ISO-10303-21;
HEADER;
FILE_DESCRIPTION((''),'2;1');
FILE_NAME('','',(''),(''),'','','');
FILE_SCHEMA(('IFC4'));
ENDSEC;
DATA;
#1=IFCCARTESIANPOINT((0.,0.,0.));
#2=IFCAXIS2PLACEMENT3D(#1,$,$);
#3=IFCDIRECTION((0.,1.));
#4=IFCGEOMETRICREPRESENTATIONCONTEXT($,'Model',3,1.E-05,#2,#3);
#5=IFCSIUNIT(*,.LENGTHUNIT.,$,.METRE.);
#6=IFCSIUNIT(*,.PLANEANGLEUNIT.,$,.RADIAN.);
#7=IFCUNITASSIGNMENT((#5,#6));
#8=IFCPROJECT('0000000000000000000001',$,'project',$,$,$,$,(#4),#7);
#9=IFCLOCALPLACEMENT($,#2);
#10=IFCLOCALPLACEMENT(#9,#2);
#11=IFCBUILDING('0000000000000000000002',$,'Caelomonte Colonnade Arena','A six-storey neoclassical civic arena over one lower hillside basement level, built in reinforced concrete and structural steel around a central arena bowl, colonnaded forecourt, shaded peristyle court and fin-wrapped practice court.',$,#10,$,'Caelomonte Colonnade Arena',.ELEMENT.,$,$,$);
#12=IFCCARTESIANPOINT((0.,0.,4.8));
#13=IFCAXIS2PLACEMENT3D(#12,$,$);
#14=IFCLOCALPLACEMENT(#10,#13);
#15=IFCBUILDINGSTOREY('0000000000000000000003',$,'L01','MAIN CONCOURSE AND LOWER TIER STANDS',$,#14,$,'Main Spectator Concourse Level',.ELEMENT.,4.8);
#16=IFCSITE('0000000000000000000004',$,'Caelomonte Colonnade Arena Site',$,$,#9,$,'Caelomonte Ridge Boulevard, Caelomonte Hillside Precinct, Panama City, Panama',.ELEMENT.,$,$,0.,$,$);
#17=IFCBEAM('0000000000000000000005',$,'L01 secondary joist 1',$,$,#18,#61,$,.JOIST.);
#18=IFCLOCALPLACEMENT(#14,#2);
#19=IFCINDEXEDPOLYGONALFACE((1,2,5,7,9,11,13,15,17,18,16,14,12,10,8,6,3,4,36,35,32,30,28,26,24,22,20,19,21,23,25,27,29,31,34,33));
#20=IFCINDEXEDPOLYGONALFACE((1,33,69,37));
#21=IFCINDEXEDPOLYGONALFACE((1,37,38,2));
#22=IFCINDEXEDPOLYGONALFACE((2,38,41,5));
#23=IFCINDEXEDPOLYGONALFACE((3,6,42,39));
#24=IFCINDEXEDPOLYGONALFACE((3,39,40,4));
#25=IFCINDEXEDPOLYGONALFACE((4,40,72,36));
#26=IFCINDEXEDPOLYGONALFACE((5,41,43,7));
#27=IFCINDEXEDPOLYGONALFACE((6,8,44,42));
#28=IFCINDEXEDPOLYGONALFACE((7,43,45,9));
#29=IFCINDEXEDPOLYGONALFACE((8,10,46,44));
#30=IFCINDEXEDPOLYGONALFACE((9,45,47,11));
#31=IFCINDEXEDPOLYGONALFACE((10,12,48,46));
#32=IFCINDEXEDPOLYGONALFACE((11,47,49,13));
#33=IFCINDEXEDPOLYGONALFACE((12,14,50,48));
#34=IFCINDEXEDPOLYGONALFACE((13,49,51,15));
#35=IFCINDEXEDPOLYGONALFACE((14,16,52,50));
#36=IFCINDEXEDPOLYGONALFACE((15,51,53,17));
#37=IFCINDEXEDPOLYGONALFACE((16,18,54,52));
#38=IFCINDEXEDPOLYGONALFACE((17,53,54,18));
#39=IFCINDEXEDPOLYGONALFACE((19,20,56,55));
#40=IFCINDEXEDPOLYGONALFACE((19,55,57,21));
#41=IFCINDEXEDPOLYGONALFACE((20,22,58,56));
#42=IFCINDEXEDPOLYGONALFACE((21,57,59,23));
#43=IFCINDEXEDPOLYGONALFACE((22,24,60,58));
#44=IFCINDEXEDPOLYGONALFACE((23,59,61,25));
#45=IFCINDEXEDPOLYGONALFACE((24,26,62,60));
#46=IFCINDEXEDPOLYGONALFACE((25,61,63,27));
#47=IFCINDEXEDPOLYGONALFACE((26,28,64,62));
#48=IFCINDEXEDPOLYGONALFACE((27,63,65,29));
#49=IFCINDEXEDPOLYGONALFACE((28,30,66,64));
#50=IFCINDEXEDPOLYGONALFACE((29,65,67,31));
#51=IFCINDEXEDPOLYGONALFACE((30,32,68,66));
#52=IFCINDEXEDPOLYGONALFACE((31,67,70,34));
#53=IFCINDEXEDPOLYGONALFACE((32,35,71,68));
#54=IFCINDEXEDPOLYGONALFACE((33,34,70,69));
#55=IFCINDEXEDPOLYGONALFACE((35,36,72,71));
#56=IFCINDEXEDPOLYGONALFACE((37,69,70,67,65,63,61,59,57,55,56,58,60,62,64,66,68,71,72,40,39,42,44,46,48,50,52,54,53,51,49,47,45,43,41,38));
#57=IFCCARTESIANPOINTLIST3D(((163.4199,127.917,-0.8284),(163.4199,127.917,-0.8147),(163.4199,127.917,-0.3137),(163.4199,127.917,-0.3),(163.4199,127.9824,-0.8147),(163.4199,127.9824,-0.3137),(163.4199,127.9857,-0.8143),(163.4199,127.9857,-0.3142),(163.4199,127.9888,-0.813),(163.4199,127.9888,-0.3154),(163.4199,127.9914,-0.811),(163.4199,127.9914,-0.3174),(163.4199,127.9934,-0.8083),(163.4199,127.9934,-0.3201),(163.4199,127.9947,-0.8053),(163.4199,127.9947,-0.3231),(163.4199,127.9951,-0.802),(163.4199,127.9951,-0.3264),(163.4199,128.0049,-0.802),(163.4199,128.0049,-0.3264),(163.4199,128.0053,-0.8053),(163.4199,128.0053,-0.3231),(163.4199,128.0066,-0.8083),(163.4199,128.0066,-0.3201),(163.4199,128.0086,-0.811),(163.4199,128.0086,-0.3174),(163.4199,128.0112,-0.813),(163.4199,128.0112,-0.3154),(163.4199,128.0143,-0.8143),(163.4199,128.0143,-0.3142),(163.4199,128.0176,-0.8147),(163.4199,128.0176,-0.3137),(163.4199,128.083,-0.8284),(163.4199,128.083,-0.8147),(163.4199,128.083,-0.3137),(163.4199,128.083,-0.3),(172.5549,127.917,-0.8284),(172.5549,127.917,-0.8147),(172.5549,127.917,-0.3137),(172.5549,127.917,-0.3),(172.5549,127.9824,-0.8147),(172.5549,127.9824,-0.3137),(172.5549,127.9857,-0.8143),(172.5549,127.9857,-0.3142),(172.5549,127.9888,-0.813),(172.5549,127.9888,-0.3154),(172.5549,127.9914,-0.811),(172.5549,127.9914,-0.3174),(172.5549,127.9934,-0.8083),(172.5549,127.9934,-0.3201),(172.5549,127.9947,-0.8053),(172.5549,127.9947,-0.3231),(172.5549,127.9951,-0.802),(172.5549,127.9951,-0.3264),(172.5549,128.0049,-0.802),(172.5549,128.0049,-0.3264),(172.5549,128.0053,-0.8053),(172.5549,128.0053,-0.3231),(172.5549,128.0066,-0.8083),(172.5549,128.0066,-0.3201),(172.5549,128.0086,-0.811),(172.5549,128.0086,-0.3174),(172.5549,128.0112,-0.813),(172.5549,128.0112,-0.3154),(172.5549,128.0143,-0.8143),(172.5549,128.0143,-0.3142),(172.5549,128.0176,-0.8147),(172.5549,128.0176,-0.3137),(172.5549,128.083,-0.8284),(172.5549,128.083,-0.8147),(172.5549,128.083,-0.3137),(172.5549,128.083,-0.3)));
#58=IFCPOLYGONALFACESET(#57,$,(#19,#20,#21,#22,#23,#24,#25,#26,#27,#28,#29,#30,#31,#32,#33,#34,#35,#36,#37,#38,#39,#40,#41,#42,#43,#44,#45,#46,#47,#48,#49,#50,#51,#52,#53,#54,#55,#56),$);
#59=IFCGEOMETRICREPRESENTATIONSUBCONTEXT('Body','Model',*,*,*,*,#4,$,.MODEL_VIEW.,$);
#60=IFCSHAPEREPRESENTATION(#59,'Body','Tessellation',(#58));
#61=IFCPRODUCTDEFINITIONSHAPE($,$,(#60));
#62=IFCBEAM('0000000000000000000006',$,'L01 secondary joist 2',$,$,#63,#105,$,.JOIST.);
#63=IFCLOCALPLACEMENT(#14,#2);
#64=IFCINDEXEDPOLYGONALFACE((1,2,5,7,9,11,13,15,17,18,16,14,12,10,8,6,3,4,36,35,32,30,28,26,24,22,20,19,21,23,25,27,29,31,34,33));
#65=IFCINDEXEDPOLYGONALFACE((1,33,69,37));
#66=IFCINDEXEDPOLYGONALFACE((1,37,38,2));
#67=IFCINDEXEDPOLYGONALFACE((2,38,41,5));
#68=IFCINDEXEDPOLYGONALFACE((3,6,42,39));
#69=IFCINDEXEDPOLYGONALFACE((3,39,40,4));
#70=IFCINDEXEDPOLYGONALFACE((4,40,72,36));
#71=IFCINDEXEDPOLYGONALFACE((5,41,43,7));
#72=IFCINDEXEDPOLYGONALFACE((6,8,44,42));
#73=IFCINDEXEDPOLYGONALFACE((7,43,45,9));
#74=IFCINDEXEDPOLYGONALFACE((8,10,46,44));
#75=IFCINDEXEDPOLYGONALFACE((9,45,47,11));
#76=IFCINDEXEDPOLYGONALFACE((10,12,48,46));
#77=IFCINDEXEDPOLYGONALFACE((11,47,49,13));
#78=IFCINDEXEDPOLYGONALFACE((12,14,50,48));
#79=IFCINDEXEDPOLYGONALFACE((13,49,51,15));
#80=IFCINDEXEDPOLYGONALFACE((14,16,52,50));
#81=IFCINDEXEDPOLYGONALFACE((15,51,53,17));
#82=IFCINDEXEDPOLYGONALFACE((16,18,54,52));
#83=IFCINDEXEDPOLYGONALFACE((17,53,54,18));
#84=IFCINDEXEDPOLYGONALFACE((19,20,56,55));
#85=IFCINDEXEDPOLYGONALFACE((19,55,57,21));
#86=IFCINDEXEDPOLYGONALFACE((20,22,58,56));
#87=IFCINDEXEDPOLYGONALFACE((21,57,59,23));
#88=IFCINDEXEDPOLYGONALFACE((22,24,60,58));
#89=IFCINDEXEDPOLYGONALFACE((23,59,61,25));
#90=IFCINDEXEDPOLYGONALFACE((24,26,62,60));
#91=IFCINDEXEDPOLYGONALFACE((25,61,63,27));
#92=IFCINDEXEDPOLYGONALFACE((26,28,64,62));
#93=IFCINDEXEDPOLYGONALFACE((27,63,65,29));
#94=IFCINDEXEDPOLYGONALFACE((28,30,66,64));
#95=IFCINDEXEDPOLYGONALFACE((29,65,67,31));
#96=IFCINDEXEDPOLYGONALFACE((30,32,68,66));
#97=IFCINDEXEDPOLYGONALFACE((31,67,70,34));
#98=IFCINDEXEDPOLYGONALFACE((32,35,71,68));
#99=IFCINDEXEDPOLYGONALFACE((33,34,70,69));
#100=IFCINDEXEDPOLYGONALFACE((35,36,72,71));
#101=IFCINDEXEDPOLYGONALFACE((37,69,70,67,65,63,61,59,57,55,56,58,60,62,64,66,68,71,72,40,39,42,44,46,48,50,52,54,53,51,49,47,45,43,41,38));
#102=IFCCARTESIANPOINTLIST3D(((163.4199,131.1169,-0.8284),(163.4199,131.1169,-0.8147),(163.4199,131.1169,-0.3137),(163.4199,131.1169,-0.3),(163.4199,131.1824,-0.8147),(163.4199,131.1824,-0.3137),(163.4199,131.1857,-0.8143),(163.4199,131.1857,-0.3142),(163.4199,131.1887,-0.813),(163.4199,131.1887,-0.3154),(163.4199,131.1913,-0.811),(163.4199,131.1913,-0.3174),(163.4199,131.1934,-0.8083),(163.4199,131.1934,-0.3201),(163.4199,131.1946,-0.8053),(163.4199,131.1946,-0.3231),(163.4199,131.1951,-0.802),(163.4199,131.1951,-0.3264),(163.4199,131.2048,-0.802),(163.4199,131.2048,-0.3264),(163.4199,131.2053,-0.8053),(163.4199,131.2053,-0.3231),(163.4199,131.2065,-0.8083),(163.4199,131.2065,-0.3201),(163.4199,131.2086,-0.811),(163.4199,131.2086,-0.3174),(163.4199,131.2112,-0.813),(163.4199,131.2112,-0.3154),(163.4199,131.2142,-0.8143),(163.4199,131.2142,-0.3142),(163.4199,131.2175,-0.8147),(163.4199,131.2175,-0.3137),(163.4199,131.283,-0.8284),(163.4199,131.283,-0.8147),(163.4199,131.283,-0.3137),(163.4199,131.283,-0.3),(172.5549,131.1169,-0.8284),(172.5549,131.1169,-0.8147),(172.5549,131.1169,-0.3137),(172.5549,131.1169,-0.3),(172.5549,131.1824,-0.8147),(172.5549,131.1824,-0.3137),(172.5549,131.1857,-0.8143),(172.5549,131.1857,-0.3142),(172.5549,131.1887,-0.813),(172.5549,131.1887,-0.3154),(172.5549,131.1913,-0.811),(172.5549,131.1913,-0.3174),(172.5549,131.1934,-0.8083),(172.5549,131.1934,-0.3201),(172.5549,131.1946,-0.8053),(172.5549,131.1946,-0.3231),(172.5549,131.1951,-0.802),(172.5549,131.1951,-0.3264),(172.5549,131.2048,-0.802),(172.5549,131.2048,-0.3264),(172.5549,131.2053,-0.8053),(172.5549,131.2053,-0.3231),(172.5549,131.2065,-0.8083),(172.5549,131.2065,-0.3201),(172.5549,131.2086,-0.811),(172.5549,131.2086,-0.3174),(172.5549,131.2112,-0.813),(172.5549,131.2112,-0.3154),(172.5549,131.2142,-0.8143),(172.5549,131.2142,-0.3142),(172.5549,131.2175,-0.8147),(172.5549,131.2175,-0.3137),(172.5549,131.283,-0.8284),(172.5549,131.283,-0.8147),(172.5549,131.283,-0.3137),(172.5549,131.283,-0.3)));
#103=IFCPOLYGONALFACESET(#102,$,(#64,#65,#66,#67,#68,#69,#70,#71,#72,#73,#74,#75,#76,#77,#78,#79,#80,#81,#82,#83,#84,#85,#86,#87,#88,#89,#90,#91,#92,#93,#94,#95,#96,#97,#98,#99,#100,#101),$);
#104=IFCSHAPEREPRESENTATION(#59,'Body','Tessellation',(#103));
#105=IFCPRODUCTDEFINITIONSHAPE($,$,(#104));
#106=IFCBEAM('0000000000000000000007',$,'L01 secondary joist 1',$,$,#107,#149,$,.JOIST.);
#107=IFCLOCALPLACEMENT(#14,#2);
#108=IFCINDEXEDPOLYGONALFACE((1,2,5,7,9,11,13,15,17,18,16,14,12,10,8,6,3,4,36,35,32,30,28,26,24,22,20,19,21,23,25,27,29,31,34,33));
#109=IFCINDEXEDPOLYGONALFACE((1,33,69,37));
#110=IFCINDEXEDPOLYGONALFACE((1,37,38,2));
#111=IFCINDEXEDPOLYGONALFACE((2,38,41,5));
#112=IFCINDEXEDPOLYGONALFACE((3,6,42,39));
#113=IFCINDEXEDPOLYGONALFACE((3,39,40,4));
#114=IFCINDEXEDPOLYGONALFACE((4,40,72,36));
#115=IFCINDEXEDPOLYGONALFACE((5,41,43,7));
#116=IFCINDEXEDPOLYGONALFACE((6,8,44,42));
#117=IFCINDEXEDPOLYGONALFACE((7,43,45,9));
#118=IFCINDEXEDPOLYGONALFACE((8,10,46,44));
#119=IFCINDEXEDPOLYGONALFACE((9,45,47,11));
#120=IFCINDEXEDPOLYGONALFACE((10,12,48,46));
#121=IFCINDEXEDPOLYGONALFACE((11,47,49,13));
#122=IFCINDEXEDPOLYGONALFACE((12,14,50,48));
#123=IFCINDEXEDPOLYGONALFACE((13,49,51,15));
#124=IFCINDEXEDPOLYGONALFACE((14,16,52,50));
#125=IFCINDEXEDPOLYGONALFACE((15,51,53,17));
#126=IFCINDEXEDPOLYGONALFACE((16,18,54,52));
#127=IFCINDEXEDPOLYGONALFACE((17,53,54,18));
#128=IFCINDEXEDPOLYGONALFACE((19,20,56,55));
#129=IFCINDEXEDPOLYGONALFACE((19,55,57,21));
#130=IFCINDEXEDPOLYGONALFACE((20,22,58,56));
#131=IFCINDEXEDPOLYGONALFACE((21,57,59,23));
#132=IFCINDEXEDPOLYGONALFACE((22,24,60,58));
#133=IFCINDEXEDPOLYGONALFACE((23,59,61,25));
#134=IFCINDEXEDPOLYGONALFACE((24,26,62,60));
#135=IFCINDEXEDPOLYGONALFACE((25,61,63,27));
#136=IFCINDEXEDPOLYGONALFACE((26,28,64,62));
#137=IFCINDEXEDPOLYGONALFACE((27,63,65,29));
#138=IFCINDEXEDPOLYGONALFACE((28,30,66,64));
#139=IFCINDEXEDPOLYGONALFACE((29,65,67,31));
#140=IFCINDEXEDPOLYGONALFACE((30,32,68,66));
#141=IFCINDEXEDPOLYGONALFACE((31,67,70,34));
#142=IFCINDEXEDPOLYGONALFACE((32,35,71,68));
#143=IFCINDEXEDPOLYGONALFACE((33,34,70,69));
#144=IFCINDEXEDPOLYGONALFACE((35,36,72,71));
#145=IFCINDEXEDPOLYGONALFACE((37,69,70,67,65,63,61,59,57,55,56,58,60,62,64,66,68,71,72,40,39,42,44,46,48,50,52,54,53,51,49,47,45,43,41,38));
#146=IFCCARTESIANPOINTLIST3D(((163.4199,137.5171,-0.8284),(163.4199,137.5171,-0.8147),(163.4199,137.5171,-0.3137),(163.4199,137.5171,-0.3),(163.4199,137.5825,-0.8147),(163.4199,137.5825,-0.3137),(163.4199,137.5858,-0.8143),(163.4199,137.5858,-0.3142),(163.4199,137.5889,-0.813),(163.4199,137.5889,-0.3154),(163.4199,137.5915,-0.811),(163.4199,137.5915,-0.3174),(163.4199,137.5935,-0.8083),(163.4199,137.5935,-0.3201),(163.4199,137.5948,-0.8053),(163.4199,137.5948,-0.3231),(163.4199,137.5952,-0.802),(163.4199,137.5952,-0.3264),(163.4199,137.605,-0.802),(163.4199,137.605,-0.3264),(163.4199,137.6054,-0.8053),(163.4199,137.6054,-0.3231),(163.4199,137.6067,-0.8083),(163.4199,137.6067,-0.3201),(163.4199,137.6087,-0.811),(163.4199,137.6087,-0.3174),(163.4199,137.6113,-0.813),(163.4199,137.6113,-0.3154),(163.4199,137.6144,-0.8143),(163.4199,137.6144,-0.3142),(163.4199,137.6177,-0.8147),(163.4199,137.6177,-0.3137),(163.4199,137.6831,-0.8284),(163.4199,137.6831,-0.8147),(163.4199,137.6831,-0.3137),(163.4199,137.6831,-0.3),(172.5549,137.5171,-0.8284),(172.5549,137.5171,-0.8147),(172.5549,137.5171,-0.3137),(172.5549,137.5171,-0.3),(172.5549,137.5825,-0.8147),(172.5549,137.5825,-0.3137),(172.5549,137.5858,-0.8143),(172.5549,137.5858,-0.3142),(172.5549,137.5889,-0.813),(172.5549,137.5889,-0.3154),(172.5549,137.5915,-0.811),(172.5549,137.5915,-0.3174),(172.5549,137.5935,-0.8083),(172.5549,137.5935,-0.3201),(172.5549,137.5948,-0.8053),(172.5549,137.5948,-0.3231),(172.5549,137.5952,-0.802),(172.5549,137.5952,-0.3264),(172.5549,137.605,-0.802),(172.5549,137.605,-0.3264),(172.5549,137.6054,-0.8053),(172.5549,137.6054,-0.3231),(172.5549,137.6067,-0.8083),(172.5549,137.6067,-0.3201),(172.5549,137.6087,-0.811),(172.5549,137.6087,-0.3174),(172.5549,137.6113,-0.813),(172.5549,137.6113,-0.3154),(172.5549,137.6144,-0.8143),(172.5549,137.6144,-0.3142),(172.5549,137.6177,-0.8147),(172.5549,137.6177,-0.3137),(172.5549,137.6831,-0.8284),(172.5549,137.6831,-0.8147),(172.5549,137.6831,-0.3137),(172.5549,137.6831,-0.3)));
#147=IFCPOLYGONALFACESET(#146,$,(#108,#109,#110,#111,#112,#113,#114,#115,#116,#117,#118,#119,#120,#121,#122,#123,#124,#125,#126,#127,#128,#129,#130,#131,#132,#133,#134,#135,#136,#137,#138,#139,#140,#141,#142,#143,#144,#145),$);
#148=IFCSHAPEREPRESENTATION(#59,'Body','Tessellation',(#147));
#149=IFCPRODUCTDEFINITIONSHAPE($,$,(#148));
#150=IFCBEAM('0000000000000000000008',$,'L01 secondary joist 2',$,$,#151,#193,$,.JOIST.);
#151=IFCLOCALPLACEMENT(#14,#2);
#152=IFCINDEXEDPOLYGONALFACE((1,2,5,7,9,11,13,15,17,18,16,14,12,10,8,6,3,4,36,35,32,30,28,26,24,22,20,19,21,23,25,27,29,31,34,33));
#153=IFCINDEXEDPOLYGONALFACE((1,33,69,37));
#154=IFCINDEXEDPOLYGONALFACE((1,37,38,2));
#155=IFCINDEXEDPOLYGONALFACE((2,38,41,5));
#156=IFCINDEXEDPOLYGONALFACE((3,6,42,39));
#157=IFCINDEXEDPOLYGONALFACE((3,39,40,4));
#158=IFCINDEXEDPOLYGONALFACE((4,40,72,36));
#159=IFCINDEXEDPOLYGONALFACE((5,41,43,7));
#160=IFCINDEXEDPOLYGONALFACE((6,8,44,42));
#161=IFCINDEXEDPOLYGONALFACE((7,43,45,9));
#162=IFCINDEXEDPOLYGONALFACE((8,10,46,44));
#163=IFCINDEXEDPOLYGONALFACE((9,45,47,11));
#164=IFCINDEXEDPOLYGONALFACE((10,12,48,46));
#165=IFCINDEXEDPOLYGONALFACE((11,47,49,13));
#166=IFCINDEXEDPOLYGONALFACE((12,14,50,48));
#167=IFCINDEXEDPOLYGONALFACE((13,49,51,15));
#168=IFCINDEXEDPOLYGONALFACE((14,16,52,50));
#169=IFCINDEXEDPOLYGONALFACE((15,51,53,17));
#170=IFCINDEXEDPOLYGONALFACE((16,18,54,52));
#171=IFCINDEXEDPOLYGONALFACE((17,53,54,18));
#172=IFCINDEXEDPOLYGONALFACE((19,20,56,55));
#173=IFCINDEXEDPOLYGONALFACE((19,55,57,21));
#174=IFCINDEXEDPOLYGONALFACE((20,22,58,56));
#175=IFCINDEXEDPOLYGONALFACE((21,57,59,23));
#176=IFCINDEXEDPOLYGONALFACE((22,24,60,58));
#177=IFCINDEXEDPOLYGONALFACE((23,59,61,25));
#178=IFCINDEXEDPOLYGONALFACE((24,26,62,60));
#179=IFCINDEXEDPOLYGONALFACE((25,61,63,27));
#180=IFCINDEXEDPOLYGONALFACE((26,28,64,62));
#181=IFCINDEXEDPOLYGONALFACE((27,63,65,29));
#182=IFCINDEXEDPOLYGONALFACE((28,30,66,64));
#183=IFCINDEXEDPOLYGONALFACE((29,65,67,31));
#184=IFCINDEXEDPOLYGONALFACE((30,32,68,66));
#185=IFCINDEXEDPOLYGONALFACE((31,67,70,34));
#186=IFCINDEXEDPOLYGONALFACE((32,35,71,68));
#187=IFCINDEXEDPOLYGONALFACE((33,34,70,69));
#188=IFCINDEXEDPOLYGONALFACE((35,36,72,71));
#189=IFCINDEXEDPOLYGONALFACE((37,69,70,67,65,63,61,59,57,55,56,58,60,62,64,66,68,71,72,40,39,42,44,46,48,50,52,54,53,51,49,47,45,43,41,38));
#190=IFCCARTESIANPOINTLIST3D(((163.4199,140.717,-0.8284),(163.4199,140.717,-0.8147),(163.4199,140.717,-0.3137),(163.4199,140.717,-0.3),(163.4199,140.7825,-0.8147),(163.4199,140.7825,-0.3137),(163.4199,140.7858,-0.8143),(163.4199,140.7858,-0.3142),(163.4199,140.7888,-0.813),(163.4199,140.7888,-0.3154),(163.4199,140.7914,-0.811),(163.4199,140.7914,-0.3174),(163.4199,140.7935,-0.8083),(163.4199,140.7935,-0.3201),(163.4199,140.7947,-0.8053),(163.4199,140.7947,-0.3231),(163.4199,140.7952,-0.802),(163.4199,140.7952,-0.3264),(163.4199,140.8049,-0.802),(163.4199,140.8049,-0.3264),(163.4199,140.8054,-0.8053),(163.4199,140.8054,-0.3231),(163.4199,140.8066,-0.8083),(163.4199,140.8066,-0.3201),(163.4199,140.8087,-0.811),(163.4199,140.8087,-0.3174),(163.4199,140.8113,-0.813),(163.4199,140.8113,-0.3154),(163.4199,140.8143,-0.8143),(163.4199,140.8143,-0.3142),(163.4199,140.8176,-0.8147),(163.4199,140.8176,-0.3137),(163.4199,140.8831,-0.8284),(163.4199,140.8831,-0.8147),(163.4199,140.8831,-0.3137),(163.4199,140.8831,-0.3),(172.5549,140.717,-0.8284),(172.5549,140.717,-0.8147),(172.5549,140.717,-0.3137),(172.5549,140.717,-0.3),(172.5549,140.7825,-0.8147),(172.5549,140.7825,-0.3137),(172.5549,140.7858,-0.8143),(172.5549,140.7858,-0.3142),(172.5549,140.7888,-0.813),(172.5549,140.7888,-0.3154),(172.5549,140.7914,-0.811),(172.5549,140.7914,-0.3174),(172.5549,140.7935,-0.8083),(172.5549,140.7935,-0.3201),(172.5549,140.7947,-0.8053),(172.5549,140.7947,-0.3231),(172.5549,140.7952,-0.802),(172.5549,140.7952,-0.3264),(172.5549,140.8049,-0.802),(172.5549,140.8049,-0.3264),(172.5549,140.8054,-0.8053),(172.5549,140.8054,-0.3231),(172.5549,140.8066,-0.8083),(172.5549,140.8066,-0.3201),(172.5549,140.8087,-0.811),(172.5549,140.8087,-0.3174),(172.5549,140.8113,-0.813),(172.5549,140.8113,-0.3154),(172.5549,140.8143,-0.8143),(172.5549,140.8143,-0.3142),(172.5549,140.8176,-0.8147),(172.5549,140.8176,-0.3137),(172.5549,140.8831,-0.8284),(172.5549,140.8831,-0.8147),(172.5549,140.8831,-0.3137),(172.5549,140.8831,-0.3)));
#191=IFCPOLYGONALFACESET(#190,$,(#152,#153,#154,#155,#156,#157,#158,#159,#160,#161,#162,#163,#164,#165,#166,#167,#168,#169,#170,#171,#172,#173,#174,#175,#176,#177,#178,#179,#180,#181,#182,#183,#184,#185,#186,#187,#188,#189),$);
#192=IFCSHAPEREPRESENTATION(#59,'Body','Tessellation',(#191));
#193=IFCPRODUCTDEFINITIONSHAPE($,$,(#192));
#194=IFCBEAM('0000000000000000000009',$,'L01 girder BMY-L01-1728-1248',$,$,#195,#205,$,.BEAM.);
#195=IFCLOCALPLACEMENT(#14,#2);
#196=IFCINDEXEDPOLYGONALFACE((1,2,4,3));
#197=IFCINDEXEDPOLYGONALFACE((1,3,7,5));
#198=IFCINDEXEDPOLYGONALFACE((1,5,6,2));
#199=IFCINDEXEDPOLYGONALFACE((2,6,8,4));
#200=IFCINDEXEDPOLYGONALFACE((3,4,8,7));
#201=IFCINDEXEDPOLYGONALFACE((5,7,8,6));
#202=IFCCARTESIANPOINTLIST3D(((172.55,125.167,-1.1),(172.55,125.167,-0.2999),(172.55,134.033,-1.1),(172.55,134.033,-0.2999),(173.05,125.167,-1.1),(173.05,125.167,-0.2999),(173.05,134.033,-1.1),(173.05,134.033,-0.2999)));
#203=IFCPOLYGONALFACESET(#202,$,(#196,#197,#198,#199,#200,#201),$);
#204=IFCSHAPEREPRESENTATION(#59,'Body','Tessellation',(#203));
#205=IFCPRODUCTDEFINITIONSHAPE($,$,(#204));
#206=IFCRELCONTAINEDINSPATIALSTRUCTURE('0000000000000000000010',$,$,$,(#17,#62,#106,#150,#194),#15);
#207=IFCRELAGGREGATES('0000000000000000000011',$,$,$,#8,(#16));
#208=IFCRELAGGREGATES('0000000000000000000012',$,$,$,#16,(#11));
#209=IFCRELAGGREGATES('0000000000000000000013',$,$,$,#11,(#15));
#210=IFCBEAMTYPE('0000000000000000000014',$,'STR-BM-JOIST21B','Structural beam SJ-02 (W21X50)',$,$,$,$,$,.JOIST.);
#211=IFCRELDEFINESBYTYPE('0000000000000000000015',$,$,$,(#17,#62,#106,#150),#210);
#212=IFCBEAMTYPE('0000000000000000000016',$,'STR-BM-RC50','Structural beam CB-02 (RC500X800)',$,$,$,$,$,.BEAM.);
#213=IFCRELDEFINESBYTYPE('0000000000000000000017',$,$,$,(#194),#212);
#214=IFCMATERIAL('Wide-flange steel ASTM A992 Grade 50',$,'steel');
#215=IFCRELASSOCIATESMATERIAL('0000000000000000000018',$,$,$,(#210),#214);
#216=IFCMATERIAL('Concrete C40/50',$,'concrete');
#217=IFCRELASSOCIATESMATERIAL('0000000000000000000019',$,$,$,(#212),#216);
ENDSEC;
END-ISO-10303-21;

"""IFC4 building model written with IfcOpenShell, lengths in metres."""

from ifc_helpers import new_model, si_unit, direction, frame, origin, origin_2d, place, context, subcontext, project, spatial, rectangle, i_section, extrude, material, material_profile, profile_set, type_object, element, save


model = new_model("IFC4")

# Units and contexts
model_context = context("Model", 3, precision=1e-05, world=origin(), true_north=direction((0.0, 1.0)))
body_context = subcontext(model_context, "Body", "Model", "MODEL_VIEW")
ifc_project = project(units=[si_unit("LENGTHUNIT", "METRE"), si_unit("PLANEANGLEUNIT", "RADIAN")], contexts=[model_context])

# Site, building, storey
site_placement = place(None, origin())
site = spatial("IfcSite", under=ifc_project, at=site_placement, Name="Caelomonte Colonnade Arena Site", LongName="Caelomonte Ridge Boulevard, Caelomonte Hillside Precinct, Panama City, Panama", CompositionType="ELEMENT", RefElevation=0.0)
building_placement = place(site_placement, origin())
building = spatial("IfcBuilding", under=site, at=building_placement, Name="Caelomonte Colonnade Arena", Description="A six-storey neoclassical civic arena over one lower hillside basement level, built in reinforced concrete and structural steel around a central arena bowl, colonnaded forecourt, shaded peristyle court and fin-wrapped practice court.", LongName="Caelomonte Colonnade Arena", CompositionType="ELEMENT")
storey_placement = place(building_placement, frame((0.0, 0.0, 4.8)))
storey = spatial("IfcBuildingStorey", under=building, at=storey_placement, Name="L01", Description="MAIN CONCOURSE AND LOWER TIER STANDS", LongName="Main Spectator Concourse Level", CompositionType="ELEMENT", Elevation=4.8)

# Shared definitions
ifc_material_1 = material(Name="Concrete C40/50", Category="concrete")

# Beams
ifc_material_2 = material(Name="Wide-flange steel ASTM A992 Grade 50", Category="steel")
ifc_material_profile_1 = material_profile(ifc_material_2, i_section(OverallWidth=0.166, OverallDepth=0.5283, WebThickness=0.0098, FlangeThickness=0.0137, FilletRadius=0.0127, at=origin_2d()), Name="W21X50")
ifc_profile_set_1 = profile_set([ifc_material_profile_1], Name="Wide-flange steel ASTM A992 Grade 50")
beam_type_1 = type_object("IfcBeamType", Name="STR-BM-JOIST21B", Description="Structural beam SJ-02 (W21X50)", PredefinedType="JOIST", material=ifc_profile_set_1)
for number, where, z_axis, x_axis, name in (
    (1, (163.4199, 128.0, -0.5642), (1.0, 0.0, 0.0), (0.0, 1.0, 0.0), "L01 secondary joist 1"),
    (2, (163.4199, 131.2, -0.5642), (1.0, 0.0, 0.0), (0.0, 1.0, 0.0), "L01 secondary joist 2"),
    (3, (163.4199, 137.6001, -0.5642), (1.0, 0.0, 0.0), (0.0, 1.0, 0.0), "L01 secondary joist 1"),
    (4, (163.4199, 140.8, -0.5642), (1.0, 0.0, 0.0), (0.0, 1.0, 0.0), "L01 secondary joist 2"),
):
    element("IfcBeam", number, at=place(storey_placement, frame(where, z_axis=z_axis, x_axis=x_axis)), inside=storey, type_object=beam_type_1, Name=name, PredefinedType="JOIST", context=body_context, shape_type="SweptSolid", body=[
        extrude(i_section(OverallWidth=0.166, OverallDepth=0.5283, WebThickness=0.0098, FlangeThickness=0.0137, FilletRadius=0.0127, at=origin_2d()), origin(), (0.0, 0.0, 1.0), 9.135),
    ])
ifc_material_profile_2 = material_profile(ifc_material_1, rectangle(XDim=0.5, YDim=0.8, at=origin_2d()), Name="RC500X800")
ifc_profile_set_2 = profile_set([ifc_material_profile_2], Name="Concrete C40/50")
beam_type_2 = type_object("IfcBeamType", Name="STR-BM-RC50", Description="Structural beam CB-02 (RC500X800)", PredefinedType="BEAM", material=ifc_profile_set_2)
for number, where, z_axis, x_axis, name in (
    (5, (172.8, 125.167, -0.7), (0.0, 1.0, 0.0), (-1.0, 0.0, 0.0), "L01 girder BMY-L01-1728-1248"),
):
    element("IfcBeam", number, at=place(storey_placement, frame(where, z_axis=z_axis, x_axis=x_axis)), inside=storey, type_object=beam_type_2, Name=name, PredefinedType="BEAM", context=body_context, shape_type="SweptSolid", body=[
        extrude(rectangle(XDim=0.5, YDim=0.8, at=origin_2d()), origin(), (0.0, 0.0, 1.0), 8.866),
    ])

save(model, "model.ifc")
